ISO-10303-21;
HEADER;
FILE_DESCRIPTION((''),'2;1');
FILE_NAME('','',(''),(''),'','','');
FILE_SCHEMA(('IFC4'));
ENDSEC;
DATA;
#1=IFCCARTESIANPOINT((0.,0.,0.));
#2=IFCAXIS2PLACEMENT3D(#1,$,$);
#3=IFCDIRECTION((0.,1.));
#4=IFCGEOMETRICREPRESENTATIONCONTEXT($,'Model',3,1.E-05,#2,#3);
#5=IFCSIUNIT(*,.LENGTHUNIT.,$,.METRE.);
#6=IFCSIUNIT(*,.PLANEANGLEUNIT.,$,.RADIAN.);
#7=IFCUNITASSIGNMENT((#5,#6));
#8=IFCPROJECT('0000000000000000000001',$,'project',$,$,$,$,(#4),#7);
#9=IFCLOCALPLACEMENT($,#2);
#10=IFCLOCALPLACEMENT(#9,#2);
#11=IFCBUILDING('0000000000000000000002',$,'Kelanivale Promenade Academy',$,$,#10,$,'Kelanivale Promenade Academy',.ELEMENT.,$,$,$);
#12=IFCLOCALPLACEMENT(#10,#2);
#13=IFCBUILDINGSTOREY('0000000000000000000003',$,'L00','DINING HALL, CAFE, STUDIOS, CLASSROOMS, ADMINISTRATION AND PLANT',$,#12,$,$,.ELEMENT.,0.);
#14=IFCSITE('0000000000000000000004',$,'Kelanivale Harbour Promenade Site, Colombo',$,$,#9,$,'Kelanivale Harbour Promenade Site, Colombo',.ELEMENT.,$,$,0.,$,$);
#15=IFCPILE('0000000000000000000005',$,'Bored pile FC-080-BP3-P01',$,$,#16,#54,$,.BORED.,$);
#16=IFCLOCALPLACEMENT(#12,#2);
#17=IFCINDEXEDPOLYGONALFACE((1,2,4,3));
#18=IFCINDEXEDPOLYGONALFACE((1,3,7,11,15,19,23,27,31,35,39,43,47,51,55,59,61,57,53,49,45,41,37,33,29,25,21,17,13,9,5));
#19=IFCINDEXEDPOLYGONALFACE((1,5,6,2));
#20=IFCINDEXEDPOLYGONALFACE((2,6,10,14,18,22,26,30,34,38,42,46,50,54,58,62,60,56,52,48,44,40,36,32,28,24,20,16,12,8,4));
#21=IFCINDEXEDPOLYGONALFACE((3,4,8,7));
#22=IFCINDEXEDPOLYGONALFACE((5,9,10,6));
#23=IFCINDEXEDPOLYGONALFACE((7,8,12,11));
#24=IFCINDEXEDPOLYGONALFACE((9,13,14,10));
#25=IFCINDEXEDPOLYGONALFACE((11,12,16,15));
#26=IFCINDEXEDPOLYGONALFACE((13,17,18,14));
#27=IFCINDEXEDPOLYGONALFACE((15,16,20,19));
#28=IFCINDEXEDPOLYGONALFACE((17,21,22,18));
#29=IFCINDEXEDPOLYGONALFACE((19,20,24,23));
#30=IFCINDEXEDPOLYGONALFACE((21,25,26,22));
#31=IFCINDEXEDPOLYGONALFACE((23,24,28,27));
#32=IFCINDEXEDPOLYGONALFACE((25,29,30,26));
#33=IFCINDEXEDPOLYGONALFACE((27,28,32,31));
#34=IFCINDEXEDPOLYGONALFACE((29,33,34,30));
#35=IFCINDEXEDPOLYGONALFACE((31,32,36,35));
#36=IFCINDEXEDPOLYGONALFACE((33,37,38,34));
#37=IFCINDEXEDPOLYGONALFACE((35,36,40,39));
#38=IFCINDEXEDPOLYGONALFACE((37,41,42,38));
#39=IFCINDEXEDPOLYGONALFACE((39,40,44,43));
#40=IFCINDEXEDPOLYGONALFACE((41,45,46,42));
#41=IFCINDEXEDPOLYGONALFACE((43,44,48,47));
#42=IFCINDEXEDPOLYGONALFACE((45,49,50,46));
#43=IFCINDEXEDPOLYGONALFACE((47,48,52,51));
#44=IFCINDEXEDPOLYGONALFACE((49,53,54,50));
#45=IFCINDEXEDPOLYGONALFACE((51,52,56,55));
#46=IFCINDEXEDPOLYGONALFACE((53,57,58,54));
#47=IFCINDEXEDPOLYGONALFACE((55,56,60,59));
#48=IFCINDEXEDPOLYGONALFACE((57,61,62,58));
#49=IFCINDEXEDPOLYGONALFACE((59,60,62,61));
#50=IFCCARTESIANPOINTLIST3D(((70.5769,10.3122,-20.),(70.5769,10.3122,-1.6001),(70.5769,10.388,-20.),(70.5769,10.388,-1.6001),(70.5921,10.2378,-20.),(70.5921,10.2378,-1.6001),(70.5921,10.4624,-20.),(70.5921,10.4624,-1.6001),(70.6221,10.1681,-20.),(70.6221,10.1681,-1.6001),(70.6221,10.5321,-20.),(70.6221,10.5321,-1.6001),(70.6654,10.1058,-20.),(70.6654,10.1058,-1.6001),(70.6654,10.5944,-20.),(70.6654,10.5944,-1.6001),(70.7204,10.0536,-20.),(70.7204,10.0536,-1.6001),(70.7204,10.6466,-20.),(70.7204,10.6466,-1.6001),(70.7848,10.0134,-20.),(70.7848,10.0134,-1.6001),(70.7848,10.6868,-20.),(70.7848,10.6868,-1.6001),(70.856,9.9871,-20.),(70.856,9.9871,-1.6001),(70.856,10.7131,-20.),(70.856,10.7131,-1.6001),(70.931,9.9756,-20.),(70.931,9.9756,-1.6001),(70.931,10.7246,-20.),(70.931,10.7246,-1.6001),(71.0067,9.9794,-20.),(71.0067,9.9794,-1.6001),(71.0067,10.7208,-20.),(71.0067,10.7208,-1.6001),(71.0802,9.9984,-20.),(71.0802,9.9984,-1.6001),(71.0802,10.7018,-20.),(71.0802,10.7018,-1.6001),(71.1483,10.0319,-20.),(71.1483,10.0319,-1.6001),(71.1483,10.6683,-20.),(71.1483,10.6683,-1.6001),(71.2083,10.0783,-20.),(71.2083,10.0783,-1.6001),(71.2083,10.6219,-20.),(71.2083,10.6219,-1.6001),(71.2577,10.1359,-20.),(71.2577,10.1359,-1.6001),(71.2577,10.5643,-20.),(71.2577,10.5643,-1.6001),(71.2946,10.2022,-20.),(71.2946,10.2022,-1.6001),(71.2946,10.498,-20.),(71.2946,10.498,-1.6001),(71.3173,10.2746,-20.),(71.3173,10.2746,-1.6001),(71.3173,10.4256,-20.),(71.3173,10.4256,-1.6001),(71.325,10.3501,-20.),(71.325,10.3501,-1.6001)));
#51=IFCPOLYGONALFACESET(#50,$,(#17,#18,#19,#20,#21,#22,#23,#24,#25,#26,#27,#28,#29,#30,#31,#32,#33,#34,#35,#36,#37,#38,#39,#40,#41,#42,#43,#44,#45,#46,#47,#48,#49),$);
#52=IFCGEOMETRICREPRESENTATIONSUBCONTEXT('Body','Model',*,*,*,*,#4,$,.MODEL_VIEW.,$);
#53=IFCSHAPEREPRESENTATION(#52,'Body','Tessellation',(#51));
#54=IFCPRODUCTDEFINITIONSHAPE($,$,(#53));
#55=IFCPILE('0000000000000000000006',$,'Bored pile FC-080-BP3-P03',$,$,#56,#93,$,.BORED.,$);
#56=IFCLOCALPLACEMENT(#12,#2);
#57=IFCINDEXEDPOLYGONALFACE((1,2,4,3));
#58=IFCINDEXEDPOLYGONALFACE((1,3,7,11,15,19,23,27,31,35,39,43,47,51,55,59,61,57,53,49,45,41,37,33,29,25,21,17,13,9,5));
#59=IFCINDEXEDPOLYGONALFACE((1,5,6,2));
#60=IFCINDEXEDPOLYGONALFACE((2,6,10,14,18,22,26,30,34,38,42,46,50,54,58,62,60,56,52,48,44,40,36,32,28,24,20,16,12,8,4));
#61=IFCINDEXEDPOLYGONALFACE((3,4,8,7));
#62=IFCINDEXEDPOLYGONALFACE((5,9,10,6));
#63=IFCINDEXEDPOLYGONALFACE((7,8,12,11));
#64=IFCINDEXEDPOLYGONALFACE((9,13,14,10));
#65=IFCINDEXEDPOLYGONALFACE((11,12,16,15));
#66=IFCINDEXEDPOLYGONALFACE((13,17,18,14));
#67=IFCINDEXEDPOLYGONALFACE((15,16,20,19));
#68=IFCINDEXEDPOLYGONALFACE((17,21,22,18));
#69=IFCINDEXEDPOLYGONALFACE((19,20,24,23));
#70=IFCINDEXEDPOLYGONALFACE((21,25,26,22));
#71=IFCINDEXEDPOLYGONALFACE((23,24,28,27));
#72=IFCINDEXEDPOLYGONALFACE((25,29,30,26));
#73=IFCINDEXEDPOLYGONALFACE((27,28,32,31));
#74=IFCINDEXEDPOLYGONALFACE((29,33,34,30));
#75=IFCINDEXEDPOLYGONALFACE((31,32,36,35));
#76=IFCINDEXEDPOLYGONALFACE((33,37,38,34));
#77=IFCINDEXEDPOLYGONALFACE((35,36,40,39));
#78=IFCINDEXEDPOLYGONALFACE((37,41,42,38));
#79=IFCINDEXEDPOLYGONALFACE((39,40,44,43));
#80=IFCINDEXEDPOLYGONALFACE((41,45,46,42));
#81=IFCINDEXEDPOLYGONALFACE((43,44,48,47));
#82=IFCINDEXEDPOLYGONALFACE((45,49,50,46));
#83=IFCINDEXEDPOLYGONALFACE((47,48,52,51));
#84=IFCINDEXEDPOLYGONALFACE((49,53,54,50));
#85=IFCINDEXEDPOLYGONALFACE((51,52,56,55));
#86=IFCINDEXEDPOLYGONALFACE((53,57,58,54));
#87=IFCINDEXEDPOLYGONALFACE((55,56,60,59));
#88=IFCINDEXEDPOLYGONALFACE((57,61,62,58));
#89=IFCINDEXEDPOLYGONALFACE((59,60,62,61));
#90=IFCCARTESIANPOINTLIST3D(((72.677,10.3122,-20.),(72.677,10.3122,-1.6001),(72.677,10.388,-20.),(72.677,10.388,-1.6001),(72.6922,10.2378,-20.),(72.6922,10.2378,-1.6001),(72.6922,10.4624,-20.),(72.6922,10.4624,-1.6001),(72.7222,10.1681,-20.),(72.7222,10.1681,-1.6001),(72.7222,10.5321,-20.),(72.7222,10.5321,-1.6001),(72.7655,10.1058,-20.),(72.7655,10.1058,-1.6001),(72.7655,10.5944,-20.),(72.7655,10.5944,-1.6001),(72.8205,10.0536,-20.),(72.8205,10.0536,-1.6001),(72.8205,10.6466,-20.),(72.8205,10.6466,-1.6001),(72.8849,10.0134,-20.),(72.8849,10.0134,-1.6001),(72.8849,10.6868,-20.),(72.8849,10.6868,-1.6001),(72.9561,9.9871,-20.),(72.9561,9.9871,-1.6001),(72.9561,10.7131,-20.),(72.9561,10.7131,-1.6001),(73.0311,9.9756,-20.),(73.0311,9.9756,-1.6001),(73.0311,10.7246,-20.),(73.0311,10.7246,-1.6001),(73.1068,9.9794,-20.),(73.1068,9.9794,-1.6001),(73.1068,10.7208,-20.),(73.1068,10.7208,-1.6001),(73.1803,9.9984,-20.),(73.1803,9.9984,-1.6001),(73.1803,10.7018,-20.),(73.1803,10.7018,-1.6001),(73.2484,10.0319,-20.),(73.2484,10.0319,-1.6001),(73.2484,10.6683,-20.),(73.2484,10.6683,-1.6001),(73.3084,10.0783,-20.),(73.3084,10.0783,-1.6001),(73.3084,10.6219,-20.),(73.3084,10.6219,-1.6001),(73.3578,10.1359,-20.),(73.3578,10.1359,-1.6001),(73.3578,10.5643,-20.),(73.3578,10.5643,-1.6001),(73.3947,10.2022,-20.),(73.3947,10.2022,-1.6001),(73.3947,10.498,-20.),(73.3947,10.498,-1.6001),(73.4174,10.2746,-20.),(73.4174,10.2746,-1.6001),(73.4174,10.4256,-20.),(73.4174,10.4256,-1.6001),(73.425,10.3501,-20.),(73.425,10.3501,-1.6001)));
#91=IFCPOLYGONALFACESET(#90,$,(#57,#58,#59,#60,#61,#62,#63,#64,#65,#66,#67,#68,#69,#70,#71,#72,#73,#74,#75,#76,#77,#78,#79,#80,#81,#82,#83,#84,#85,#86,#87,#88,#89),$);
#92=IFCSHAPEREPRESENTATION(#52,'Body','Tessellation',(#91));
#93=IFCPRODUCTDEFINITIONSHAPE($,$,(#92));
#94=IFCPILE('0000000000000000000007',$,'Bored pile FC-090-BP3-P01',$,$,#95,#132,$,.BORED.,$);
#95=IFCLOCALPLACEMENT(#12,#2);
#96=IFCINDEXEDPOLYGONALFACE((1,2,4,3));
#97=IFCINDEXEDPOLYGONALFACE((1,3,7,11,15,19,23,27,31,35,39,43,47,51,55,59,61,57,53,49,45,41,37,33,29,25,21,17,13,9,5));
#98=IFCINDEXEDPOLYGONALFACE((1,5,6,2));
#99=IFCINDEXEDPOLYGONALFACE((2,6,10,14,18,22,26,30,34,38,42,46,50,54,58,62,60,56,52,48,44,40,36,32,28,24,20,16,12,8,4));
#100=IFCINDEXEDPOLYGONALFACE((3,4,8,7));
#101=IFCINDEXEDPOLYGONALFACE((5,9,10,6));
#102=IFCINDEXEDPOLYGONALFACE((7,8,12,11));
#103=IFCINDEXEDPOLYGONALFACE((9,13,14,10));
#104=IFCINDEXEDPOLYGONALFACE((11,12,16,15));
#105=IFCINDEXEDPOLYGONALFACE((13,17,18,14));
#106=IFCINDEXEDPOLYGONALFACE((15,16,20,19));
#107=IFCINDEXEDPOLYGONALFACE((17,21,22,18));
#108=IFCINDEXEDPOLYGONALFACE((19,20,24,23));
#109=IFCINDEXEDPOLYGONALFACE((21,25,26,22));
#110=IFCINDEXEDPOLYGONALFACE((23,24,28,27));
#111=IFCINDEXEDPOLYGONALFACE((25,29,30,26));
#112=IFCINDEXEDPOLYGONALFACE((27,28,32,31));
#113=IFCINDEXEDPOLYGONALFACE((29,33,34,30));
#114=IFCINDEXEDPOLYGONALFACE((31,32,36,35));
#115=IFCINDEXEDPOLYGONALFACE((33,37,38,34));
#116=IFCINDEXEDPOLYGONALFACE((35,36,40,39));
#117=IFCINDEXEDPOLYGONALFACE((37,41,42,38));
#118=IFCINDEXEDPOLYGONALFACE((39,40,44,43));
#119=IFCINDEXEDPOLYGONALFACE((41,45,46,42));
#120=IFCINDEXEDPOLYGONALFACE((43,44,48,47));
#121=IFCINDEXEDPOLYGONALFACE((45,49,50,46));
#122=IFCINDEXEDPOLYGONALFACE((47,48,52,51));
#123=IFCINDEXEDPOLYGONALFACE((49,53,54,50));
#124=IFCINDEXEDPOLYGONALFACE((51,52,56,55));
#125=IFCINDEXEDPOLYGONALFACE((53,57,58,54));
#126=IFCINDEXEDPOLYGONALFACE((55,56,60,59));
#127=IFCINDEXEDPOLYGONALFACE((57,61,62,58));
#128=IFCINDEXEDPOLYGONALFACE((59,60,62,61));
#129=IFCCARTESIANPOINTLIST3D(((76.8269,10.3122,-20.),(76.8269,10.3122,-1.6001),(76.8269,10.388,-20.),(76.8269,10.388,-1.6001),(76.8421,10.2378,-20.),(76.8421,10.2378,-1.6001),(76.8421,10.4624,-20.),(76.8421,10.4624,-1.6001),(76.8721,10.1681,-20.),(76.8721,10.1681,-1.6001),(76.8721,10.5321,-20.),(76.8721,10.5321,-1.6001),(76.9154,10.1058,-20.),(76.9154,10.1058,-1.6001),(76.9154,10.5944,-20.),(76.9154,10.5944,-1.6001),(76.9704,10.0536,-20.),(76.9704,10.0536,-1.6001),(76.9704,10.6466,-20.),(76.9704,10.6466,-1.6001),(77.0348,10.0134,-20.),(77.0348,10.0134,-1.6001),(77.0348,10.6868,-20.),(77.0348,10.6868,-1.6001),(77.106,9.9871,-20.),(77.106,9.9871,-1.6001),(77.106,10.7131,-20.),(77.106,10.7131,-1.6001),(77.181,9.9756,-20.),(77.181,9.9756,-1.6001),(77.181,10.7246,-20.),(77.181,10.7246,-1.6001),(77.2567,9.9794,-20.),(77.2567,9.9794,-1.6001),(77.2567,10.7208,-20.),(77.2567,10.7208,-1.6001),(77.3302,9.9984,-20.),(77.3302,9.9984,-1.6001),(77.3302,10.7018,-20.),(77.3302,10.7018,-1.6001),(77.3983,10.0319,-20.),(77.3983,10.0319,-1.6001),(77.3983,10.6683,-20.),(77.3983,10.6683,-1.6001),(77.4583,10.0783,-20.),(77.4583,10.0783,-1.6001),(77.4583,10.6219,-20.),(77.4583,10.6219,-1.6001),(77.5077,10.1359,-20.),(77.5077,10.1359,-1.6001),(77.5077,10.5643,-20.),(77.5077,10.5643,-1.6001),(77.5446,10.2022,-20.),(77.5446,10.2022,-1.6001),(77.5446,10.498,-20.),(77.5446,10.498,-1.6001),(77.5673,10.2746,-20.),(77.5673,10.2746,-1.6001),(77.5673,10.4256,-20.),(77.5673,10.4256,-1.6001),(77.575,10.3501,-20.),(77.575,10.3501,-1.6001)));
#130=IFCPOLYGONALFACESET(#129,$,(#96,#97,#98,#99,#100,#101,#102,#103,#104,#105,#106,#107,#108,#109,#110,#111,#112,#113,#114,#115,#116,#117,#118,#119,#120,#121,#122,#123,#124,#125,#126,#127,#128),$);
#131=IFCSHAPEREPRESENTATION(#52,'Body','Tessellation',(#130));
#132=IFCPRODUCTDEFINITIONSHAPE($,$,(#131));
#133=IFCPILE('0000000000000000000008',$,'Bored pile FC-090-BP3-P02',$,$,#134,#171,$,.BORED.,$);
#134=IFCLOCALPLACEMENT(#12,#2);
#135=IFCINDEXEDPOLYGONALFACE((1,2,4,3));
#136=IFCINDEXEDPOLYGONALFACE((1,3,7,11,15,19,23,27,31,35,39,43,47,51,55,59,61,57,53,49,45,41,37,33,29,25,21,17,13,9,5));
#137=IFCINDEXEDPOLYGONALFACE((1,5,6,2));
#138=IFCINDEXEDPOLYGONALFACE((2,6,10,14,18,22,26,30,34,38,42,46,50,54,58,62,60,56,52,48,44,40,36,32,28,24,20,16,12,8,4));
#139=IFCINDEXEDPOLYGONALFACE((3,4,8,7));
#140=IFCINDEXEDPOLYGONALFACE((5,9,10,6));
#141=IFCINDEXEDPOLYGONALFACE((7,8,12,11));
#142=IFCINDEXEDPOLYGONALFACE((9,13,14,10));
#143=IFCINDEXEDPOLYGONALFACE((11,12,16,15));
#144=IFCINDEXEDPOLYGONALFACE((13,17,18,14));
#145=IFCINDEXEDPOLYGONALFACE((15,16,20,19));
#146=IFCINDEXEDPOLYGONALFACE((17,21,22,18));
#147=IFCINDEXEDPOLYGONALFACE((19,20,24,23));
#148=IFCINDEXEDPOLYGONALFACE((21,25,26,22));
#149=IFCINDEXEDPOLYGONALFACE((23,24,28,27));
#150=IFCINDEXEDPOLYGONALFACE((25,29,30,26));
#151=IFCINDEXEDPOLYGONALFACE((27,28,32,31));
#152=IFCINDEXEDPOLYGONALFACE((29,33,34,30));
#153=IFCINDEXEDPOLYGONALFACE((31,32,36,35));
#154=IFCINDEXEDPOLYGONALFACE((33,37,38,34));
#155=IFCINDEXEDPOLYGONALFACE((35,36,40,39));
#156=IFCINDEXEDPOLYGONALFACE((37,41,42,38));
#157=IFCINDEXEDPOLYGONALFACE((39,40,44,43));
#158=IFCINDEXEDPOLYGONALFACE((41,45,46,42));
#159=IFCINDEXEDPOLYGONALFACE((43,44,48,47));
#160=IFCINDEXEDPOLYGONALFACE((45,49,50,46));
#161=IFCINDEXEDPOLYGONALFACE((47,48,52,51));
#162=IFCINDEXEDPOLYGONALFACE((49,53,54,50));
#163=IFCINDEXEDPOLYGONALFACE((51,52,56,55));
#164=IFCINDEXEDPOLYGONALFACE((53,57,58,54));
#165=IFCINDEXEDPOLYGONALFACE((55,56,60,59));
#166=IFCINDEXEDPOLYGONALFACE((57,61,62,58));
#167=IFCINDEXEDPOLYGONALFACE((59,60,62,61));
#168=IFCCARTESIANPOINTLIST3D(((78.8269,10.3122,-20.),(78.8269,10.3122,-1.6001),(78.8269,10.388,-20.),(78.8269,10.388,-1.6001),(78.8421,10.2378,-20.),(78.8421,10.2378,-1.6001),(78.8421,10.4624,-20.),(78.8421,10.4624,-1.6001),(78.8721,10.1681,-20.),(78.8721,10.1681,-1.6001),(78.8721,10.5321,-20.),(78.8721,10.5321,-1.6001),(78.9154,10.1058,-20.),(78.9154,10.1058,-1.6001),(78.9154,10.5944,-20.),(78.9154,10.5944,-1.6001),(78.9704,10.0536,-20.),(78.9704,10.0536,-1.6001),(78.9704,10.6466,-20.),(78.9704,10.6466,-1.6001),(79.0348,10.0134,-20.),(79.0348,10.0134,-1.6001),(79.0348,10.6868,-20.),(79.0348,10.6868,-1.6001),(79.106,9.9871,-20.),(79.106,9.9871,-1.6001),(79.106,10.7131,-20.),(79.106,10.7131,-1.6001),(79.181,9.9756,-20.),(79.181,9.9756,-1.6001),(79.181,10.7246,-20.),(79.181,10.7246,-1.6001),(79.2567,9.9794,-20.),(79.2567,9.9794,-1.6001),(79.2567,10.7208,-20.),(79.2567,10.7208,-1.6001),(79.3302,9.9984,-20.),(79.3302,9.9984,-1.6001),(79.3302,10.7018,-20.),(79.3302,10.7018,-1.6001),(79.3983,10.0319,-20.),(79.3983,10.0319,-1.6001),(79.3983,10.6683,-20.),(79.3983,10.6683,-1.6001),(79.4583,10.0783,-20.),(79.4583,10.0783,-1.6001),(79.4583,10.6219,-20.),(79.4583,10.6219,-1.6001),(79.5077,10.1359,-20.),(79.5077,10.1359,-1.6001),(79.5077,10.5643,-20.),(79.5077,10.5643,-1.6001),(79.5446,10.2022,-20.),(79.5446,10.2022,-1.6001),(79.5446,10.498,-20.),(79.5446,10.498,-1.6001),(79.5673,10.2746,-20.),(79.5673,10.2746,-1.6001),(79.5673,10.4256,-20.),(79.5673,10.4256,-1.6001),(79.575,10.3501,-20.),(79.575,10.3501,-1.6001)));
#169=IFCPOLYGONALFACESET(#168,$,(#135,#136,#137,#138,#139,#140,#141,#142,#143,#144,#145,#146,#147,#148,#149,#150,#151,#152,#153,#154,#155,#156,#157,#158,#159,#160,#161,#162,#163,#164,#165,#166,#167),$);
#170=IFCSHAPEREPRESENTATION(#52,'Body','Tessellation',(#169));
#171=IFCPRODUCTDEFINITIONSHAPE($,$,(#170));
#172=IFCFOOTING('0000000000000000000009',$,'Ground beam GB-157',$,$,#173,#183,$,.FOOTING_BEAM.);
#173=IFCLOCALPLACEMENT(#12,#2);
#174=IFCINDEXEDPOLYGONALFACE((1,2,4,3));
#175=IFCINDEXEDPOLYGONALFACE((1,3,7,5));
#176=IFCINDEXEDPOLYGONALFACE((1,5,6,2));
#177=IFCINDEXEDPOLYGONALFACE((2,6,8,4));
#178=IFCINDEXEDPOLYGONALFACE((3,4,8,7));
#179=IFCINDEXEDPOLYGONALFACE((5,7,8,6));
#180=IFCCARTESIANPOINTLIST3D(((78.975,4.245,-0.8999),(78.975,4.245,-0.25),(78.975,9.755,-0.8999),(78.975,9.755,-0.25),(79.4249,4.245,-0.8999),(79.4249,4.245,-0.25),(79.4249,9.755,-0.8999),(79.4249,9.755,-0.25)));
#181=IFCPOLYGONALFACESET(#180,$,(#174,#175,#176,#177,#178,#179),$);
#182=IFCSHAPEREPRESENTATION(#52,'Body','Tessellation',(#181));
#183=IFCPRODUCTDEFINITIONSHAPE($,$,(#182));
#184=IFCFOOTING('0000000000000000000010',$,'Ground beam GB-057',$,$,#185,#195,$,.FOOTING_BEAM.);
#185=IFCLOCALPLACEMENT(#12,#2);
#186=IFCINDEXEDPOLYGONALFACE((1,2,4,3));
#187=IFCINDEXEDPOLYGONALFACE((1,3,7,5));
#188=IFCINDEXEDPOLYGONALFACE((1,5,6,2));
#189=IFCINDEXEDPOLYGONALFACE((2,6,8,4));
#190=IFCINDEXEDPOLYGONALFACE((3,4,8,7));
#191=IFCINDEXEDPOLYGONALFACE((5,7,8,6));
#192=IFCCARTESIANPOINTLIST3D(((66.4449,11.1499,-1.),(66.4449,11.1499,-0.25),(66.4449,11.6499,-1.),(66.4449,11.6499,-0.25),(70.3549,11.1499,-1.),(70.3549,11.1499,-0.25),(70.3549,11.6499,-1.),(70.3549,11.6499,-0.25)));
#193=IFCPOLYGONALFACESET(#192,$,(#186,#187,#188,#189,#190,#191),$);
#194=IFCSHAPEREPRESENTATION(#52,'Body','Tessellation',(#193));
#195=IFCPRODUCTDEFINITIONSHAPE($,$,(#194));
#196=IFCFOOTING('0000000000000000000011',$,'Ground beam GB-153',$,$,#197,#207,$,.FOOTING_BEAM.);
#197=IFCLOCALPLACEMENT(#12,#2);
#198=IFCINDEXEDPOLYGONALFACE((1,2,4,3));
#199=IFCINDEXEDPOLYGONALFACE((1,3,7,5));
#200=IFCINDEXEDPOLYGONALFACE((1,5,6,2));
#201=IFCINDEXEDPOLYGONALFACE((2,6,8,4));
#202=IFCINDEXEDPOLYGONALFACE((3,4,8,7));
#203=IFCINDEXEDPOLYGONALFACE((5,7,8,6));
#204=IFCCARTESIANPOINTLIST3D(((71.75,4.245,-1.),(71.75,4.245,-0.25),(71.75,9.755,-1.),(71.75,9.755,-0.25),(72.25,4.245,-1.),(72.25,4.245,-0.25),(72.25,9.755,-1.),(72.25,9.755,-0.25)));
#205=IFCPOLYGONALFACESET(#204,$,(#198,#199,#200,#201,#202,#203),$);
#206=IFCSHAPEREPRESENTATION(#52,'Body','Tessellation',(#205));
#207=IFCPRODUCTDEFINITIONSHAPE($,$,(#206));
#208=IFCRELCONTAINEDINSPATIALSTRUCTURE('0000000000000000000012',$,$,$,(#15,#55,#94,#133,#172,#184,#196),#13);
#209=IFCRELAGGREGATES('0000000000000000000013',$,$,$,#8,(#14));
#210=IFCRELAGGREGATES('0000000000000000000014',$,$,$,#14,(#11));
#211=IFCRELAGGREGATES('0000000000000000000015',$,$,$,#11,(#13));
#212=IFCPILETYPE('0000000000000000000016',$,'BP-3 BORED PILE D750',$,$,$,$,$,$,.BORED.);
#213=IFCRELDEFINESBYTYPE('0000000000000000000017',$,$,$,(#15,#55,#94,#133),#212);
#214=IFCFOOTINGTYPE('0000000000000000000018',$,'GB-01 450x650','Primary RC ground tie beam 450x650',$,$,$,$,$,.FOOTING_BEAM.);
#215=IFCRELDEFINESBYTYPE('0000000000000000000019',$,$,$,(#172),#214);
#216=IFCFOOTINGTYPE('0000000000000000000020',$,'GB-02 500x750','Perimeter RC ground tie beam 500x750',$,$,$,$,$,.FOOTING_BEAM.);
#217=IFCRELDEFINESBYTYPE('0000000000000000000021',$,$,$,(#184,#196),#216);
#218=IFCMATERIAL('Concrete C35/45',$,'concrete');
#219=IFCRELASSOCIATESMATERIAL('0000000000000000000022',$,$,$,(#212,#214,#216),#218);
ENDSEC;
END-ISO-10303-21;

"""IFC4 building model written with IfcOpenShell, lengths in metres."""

from ifc_helpers import new_model, si_unit, direction, frame, origin, origin_2d, place, context, subcontext, project, spatial, rectangle, circle, extrude, material, material_profile, profile_set, type_object, element, save


model = new_model("IFC4")

# Units and contexts
model_context = context("Model", 3, precision=1e-05, world=origin(), true_north=direction((0.0, 1.0)))
body_context = subcontext(model_context, "Body", "Model", "MODEL_VIEW")
ifc_project = project(units=[si_unit("LENGTHUNIT", "METRE"), si_unit("PLANEANGLEUNIT", "RADIAN")], contexts=[model_context])

# Site, building, storey
site_placement = place(None, origin())
site = spatial("IfcSite", under=ifc_project, at=site_placement, Name="Kelanivale Harbour Promenade Site, Colombo", LongName="Kelanivale Harbour Promenade Site, Colombo", CompositionType="ELEMENT", RefElevation=0.0)
building_placement = place(site_placement, origin())
building = spatial("IfcBuilding", under=site, at=building_placement, Name="Kelanivale Promenade Academy", LongName="Kelanivale Promenade Academy", CompositionType="ELEMENT")
storey_placement = place(building_placement, origin())
storey = spatial("IfcBuildingStorey", under=building, at=storey_placement, Name="L00", Description="DINING HALL, CAFE, STUDIOS, CLASSROOMS, ADMINISTRATION AND PLANT", CompositionType="ELEMENT", Elevation=0.0)

# Piles
ifc_material_1 = material(Name="Concrete C35/45", Category="concrete")
ifc_material_profile_1 = material_profile(ifc_material_1, circle(Radius=0.375, at=origin_2d()), Name="BORED PILE D750")
ifc_profile_set_1 = profile_set([ifc_material_profile_1], Name="Concrete C35/45")
pile_type_1 = type_object("IfcPileType", Name="BP-3 BORED PILE D750", PredefinedType="BORED", material=ifc_profile_set_1)
for number, where, z_axis, x_axis, name in (
    (1, (70.95, 10.3501, -1.6001), (0.0, 0.0, -1.0), (1.0, 0.0, 0.0), "Bored pile FC-080-BP3-P01"),
    (2, (73.05, 10.3501, -1.6001), (0.0, 0.0, -1.0), (1.0, 0.0, 0.0), "Bored pile FC-080-BP3-P03"),
    (3, (77.2, 10.3501, -1.6001), (0.0, 0.0, -1.0), (1.0, 0.0, 0.0), "Bored pile FC-090-BP3-P01"),
    (4, (79.2, 10.3501, -1.6001), (0.0, 0.0, -1.0), (1.0, 0.0, 0.0), "Bored pile FC-090-BP3-P02"),
):
    element("IfcPile", number, at=place(storey_placement, frame(where, z_axis=z_axis, x_axis=x_axis)), inside=storey, type_object=pile_type_1, Name=name, PredefinedType="BORED", context=body_context, shape_type="SweptSolid", body=[
        extrude(circle(Radius=0.375, at=origin_2d()), origin(), (0.0, 0.0, 1.0), 18.3999),
    ])

# Footings
footing_type_1 = type_object("IfcFootingType", Name="GB-01 450x650", Description="Primary RC ground tie beam 450x650", PredefinedType="FOOTING_BEAM", material=ifc_material_1)
footing_1_placement = place(storey_placement, frame((79.2, 7.0, -0.8999), z_axis=(0.0, 0.0, 1.0), x_axis=(0.0, 1.0, 0.0)))
element("IfcFooting", 5, at=footing_1_placement, inside=storey, type_object=footing_type_1, Name="Ground beam GB-157", PredefinedType="FOOTING_BEAM", context=body_context, shape_type="SweptSolid", body=[
    extrude(rectangle(XDim=5.51, YDim=0.45, at=origin_2d()), origin(), (0.0, 0.0, 1.0), 0.6499),
])
footing_type_2 = type_object("IfcFootingType", Name="GB-02 500x750", Description="Perimeter RC ground tie beam 500x750", PredefinedType="FOOTING_BEAM", material=ifc_material_1)
footing_2_placement = place(storey_placement, frame((68.3999, 11.3999, -1.0), z_axis=(0.0, 0.0, 1.0), x_axis=(1.0, 0.0, 0.0)))
element("IfcFooting", 6, at=footing_2_placement, inside=storey, type_object=footing_type_2, Name="Ground beam GB-057", PredefinedType="FOOTING_BEAM", context=body_context, shape_type="SweptSolid", body=[
    extrude(rectangle(XDim=3.9099, YDim=0.5, at=origin_2d()), origin(), (0.0, 0.0, 1.0), 0.75),
])
footing_3_placement = place(storey_placement, frame((72.0, 7.0, -1.0), z_axis=(0.0, 0.0, 1.0), x_axis=(0.0, 1.0, 0.0)))
element("IfcFooting", 7, at=footing_3_placement, inside=storey, type_object=footing_type_2, Name="Ground beam GB-153", PredefinedType="FOOTING_BEAM", context=body_context, shape_type="SweptSolid", body=[
    extrude(rectangle(XDim=5.51, YDim=0.5, at=origin_2d()), origin(), (0.0, 0.0, 1.0), 0.75),
])

save(model, "model.ifc")
